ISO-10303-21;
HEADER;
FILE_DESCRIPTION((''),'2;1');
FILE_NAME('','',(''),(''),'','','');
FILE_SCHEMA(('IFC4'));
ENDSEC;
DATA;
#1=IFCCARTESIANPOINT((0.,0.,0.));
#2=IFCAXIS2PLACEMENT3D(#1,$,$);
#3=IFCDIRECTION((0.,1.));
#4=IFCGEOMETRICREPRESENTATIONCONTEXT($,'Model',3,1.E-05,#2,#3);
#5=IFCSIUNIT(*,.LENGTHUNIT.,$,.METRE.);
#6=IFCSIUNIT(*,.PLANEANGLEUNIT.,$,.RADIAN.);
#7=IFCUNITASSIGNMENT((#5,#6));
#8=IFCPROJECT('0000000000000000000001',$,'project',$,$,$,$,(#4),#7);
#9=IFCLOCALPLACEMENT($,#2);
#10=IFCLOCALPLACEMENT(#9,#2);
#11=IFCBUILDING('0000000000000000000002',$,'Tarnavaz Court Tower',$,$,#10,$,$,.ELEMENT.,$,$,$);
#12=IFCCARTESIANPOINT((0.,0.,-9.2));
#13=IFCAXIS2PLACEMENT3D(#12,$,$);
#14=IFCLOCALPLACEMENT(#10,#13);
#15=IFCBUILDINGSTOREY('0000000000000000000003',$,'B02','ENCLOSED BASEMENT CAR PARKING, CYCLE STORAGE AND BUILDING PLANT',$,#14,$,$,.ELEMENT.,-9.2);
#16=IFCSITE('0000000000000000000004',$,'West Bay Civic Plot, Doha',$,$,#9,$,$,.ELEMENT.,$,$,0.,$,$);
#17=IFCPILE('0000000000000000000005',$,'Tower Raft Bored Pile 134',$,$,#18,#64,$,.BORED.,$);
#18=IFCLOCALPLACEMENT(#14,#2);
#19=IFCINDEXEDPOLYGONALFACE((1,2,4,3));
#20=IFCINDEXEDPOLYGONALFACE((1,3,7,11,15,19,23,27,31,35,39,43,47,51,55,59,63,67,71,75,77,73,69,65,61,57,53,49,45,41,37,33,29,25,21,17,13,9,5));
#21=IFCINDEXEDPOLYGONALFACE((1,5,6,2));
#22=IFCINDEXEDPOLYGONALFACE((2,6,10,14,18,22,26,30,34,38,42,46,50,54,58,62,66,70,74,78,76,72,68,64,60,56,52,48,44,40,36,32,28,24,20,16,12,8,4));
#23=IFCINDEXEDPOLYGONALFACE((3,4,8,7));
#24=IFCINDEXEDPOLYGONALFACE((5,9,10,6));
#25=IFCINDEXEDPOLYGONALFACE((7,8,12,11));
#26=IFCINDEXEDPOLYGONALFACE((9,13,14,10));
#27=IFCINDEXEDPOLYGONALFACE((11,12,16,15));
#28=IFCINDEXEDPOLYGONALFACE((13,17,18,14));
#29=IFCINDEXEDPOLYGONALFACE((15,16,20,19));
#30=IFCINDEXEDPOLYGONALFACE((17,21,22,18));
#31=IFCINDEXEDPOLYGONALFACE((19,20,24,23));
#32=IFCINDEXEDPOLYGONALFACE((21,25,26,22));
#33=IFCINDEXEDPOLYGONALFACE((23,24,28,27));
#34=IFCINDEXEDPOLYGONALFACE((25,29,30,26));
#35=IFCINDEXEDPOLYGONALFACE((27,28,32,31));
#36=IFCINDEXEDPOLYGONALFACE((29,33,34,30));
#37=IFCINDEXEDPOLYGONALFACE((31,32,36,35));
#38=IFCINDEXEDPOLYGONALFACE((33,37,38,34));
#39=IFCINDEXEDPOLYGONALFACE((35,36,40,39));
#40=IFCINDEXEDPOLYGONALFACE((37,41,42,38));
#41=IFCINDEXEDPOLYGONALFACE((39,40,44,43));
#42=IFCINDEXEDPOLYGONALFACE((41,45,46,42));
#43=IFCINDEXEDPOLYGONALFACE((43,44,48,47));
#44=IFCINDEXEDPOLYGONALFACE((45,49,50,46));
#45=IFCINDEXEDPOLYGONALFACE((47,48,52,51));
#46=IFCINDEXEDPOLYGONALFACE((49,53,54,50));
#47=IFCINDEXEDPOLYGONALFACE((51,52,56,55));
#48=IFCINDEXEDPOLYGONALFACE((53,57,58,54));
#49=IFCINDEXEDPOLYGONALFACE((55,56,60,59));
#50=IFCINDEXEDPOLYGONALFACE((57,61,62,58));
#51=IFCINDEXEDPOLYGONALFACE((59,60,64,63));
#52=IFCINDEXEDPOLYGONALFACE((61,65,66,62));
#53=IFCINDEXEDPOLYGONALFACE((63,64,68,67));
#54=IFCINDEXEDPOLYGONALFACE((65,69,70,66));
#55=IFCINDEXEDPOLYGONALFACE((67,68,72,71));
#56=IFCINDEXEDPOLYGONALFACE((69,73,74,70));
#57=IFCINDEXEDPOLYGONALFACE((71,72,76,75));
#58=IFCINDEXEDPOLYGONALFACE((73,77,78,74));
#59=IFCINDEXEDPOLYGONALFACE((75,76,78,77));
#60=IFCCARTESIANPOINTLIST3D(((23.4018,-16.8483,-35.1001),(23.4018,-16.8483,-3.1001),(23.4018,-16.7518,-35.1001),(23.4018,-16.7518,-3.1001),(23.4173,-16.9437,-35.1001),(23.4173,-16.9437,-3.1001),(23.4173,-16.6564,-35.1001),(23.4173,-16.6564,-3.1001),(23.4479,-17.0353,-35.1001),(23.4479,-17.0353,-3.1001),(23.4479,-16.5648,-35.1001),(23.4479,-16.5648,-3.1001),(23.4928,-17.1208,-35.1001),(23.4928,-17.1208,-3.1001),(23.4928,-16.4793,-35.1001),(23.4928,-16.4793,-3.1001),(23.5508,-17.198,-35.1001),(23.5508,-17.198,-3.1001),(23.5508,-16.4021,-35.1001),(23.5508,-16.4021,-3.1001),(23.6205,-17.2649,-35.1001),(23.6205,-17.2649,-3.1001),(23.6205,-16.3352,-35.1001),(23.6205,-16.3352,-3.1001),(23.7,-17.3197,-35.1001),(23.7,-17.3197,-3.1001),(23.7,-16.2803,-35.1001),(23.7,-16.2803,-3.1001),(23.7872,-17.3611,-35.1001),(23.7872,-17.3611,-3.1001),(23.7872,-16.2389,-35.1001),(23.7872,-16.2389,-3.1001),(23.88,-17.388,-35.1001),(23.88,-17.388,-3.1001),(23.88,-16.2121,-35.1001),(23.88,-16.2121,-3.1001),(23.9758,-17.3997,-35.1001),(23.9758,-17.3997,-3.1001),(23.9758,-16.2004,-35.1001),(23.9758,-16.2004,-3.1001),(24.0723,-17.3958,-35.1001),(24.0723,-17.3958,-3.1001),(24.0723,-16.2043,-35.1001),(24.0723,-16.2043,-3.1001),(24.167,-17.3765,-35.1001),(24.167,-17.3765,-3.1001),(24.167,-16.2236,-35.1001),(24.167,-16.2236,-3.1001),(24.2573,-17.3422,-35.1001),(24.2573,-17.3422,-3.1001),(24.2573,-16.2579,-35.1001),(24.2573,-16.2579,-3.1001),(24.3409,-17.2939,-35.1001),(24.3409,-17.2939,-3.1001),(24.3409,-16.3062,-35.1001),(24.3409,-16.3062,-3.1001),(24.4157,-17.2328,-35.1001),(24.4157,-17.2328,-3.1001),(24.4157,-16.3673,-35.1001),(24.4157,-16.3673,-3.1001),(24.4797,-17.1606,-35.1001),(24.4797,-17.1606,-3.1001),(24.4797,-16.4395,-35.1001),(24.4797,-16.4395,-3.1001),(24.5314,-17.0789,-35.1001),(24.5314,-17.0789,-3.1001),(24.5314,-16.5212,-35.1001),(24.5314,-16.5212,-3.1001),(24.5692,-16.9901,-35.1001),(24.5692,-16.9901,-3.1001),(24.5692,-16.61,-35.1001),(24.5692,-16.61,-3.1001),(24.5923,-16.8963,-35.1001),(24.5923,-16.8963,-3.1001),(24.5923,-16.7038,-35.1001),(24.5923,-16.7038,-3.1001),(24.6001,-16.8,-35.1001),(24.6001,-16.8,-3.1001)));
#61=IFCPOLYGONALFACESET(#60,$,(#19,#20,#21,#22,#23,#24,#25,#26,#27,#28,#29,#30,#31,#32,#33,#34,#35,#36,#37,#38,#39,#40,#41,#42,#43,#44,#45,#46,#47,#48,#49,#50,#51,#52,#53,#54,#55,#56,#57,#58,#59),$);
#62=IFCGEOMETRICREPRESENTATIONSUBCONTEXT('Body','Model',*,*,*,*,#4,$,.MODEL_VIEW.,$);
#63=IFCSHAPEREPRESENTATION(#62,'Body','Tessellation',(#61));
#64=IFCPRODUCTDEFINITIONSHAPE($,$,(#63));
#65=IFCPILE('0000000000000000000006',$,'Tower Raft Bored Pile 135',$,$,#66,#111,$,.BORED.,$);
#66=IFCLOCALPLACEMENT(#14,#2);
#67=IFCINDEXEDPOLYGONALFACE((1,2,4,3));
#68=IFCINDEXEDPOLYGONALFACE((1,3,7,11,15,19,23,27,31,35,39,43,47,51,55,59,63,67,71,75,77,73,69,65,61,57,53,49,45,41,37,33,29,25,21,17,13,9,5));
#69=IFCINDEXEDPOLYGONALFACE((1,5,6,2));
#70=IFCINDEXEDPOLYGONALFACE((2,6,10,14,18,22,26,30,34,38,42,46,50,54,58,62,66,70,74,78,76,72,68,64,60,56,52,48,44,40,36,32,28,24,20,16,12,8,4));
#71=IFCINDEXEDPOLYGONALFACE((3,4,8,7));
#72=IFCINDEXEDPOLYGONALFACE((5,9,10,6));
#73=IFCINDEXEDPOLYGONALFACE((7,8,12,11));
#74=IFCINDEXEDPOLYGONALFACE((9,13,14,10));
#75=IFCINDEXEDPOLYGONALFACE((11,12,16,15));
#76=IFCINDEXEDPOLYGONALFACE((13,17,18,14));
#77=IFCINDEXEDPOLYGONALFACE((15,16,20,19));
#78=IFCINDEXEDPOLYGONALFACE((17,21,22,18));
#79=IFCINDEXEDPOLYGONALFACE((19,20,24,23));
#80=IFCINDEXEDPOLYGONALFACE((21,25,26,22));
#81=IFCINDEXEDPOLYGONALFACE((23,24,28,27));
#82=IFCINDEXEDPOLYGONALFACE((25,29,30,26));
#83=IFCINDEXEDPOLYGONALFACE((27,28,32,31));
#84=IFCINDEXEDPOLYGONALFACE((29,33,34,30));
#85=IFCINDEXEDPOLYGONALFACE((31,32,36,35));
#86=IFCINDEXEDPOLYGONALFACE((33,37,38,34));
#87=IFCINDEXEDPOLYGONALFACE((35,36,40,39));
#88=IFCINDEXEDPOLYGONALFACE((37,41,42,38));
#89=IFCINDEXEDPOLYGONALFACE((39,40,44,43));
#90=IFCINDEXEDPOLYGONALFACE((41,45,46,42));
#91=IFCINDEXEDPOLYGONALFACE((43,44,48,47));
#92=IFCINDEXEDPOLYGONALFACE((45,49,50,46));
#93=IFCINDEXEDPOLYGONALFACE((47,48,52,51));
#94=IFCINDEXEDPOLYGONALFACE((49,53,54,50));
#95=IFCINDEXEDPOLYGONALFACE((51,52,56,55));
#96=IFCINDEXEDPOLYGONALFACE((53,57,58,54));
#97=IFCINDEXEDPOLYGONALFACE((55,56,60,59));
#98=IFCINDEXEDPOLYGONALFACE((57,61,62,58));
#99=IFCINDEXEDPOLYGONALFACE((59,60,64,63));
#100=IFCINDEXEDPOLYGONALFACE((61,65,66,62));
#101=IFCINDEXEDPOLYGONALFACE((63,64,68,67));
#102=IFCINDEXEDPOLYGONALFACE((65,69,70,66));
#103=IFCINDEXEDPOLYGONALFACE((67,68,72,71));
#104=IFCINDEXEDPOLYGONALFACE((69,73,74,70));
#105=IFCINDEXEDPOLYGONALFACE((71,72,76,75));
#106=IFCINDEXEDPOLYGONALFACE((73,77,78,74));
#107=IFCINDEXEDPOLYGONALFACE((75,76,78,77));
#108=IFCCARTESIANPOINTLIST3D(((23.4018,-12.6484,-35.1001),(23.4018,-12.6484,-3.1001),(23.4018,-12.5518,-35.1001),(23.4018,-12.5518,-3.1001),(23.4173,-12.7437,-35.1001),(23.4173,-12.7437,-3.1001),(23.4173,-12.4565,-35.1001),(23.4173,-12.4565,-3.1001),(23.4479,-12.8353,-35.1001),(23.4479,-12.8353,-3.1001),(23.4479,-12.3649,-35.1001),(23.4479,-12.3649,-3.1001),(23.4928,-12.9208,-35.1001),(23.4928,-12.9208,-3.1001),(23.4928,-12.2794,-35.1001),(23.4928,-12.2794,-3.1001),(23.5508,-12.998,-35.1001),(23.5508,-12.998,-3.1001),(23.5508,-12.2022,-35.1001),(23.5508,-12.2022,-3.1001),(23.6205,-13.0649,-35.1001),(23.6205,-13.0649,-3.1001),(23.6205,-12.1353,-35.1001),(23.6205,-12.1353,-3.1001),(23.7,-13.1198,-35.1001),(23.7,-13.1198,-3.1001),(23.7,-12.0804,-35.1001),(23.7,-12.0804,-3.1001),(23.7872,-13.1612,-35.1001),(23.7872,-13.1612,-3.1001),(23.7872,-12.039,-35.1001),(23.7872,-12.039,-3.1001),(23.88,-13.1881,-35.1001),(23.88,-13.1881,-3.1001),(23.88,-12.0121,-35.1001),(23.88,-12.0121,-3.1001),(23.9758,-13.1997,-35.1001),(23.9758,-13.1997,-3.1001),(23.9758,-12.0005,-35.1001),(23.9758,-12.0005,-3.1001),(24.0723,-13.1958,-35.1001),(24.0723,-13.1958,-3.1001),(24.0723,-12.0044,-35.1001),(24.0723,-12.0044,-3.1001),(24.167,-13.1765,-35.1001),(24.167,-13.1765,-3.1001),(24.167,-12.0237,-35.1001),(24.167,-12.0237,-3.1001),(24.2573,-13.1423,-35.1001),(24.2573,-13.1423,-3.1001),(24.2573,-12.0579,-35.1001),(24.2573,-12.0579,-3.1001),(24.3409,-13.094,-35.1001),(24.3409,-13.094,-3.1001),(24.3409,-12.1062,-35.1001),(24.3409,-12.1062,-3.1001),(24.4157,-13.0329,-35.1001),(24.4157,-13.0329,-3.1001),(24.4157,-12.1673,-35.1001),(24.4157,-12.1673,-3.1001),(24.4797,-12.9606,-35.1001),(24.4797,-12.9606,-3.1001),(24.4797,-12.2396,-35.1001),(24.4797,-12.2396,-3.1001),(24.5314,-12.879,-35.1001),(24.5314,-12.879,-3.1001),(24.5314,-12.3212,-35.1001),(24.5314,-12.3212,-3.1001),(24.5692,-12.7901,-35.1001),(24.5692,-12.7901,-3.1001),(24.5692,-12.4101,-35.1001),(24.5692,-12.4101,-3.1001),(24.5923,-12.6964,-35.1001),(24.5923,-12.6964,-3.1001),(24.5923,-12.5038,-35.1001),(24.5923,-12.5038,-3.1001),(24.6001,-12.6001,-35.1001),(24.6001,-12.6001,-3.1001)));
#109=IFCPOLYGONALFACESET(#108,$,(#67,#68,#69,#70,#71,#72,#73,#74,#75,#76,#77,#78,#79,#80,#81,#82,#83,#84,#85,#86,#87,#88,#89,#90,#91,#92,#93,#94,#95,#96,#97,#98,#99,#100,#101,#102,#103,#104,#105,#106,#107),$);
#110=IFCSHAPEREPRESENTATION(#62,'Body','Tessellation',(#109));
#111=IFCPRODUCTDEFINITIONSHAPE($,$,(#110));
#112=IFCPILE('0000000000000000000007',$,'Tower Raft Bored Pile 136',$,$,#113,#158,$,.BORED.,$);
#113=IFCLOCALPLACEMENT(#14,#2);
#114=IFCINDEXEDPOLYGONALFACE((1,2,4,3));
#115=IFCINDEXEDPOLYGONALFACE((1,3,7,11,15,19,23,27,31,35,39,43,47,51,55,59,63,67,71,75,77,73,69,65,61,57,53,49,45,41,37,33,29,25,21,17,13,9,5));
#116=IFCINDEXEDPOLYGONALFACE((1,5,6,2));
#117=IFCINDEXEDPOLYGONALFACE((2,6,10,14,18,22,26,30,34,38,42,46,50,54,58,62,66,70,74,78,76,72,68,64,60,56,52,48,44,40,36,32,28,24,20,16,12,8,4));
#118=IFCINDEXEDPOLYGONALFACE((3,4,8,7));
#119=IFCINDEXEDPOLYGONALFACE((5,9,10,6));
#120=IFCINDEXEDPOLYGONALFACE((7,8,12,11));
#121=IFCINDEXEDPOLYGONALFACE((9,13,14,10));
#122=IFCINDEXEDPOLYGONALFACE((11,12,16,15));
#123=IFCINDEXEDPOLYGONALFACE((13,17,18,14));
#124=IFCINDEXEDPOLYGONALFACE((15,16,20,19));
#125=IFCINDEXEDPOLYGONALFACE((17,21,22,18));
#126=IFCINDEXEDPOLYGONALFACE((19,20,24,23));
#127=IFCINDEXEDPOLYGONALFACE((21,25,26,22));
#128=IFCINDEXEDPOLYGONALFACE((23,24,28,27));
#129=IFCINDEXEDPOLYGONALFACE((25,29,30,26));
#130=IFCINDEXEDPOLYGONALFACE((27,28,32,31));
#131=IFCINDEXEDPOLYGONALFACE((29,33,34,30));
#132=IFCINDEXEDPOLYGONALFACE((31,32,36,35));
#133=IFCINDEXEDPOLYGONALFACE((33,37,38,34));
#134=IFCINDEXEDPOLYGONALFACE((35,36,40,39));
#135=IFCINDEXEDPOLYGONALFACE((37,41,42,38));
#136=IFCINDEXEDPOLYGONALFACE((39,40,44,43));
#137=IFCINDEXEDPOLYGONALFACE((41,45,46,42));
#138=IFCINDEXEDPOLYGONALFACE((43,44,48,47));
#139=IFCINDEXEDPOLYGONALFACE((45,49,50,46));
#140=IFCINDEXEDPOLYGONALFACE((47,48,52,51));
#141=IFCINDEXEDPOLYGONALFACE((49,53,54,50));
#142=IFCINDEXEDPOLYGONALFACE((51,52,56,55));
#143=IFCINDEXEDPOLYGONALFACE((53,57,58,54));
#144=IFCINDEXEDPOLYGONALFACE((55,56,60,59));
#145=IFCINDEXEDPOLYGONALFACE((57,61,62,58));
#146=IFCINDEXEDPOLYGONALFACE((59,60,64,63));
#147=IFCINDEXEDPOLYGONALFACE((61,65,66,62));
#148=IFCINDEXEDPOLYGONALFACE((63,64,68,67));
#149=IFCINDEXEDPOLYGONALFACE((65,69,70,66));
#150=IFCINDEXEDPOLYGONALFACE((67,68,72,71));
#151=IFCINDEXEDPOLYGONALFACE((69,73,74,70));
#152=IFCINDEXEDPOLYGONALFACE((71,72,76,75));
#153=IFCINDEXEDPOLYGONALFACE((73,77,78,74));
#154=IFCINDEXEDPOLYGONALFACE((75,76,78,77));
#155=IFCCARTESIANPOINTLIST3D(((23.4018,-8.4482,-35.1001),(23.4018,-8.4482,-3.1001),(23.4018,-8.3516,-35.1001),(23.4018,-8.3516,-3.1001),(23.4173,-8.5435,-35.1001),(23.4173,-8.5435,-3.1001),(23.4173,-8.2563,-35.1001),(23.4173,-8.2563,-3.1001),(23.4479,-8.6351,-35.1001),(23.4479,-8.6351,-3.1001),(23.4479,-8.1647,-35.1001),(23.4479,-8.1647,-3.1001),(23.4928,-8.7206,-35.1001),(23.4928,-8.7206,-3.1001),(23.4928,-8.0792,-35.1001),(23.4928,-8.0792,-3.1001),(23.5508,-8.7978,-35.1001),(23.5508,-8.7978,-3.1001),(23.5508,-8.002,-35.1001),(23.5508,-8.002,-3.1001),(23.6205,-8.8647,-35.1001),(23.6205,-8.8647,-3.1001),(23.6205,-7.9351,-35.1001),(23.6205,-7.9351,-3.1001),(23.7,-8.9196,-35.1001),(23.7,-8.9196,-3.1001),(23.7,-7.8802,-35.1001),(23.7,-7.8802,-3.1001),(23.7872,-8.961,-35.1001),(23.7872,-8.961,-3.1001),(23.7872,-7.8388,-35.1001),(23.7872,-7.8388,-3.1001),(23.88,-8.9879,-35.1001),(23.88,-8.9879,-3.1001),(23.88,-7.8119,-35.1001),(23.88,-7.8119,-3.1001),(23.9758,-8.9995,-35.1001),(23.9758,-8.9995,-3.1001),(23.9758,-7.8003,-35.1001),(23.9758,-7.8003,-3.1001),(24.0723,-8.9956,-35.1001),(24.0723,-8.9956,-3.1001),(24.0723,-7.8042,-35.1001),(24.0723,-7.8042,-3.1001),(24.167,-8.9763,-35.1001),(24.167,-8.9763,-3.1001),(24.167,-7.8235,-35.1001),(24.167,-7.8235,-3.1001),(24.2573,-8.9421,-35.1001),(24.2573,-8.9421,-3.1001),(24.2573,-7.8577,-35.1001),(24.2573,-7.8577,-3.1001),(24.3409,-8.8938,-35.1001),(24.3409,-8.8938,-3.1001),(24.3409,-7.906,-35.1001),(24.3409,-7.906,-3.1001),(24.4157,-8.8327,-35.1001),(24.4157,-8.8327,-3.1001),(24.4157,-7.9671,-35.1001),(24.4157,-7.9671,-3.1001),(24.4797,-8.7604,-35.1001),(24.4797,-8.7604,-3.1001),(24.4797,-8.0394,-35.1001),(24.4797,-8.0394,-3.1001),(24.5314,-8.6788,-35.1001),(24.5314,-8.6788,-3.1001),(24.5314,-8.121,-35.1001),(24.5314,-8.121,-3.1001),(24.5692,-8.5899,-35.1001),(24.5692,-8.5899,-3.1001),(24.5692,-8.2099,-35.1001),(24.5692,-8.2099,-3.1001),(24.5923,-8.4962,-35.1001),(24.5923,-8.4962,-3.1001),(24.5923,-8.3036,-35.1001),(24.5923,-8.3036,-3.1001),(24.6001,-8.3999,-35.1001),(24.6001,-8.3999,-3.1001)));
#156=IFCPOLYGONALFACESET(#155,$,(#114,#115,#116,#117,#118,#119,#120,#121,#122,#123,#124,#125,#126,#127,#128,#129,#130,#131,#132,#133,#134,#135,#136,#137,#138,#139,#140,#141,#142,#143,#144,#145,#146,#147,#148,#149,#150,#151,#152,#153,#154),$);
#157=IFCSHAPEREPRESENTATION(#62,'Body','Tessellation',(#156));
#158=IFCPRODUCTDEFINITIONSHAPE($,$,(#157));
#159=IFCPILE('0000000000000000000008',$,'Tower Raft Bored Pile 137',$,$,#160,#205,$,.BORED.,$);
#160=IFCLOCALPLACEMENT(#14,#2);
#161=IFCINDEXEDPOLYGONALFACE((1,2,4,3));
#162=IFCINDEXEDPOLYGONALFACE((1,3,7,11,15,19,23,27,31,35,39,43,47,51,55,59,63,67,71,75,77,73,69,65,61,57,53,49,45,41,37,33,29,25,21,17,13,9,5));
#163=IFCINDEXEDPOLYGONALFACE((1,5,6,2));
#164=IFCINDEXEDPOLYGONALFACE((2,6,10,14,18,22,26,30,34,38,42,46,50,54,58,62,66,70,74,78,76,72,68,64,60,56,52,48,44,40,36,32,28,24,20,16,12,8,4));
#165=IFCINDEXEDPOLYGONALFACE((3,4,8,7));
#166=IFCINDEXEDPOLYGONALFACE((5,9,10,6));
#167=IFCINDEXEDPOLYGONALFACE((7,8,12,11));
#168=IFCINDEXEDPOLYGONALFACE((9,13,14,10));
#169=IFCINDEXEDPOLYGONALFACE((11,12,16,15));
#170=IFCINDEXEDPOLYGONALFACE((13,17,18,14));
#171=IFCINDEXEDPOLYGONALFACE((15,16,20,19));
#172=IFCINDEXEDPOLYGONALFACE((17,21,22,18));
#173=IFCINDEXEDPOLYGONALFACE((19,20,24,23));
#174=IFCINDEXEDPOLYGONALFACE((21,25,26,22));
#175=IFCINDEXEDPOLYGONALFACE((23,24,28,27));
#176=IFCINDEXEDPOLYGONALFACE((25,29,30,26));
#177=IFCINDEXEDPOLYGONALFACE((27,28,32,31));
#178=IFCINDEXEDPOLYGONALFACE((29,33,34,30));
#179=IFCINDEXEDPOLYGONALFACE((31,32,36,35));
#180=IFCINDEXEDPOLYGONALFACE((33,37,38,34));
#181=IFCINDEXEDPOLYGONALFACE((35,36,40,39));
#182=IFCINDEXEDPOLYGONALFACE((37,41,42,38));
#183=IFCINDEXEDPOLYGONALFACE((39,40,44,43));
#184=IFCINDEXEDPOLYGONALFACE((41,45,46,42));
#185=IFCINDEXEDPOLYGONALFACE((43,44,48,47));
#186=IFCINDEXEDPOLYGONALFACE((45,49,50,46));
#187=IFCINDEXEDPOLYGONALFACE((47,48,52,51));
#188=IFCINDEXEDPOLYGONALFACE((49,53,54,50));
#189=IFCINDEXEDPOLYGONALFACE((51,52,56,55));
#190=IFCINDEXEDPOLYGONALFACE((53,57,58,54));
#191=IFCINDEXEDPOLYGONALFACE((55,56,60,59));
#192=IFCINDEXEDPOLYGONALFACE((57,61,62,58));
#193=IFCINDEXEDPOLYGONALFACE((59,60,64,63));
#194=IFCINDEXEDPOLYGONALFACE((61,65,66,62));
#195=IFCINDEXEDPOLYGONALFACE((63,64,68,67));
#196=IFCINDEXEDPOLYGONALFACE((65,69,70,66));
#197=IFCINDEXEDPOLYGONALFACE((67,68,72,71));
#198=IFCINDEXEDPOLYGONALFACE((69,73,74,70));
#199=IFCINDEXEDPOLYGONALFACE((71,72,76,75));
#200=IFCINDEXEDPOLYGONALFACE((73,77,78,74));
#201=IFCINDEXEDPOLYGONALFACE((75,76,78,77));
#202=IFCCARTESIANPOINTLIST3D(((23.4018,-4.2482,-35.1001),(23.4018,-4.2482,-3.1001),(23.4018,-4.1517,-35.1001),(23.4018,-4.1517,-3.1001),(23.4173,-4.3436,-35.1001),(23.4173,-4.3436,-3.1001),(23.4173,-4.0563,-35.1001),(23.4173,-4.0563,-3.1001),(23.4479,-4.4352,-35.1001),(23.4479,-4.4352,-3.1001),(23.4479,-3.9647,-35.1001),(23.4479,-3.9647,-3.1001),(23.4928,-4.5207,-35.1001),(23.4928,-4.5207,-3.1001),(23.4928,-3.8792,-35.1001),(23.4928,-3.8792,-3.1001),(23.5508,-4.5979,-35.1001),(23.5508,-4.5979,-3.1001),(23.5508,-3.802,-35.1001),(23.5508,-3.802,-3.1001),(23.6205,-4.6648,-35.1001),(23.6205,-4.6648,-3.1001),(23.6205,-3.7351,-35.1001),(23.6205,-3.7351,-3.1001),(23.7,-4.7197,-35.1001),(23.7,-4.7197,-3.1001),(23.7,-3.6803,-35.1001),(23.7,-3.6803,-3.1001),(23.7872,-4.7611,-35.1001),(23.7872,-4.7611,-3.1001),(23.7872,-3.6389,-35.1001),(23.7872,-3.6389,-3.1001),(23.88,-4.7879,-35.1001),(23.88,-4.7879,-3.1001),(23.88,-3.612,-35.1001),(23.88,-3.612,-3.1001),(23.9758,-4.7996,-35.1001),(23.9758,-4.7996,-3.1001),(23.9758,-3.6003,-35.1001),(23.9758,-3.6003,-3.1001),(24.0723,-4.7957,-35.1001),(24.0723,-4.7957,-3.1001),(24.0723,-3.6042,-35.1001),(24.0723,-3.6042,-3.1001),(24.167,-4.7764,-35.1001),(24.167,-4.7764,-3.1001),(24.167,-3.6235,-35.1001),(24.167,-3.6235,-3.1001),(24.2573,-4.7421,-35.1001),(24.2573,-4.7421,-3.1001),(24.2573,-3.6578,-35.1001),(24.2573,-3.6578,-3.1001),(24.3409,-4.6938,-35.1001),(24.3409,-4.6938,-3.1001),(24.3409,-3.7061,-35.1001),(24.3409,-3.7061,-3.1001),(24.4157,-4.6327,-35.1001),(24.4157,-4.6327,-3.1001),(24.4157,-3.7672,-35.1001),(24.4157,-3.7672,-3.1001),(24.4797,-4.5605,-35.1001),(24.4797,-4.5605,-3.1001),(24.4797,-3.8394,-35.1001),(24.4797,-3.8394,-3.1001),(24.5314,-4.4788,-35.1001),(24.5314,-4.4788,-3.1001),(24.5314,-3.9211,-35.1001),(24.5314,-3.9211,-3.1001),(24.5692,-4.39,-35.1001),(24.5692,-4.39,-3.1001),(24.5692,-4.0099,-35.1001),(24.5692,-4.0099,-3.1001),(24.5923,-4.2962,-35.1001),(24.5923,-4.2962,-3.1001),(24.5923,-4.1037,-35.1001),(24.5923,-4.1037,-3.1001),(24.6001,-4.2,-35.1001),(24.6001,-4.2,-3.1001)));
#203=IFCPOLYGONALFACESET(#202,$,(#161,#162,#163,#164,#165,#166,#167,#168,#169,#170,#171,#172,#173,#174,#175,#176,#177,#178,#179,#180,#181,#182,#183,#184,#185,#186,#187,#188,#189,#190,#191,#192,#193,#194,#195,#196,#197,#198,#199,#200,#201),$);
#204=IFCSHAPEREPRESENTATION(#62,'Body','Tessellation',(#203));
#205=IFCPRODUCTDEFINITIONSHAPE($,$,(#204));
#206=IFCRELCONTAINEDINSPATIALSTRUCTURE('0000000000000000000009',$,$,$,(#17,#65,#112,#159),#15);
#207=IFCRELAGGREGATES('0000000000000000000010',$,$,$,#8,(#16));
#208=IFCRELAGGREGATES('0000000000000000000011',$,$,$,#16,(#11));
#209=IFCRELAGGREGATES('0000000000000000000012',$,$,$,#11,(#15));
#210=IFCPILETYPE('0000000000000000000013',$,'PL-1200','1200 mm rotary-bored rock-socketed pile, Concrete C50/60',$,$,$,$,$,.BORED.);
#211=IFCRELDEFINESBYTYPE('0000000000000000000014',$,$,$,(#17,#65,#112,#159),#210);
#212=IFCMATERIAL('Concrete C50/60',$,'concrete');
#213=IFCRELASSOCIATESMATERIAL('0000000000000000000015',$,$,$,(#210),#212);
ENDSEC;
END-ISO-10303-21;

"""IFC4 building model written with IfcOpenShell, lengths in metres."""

from ifc_helpers import new_model, si_unit, direction, frame, origin, origin_2d, place, context, subcontext, project, spatial, circle, extrude, material, material_profile, profile_set, type_object, element, save


model = new_model("IFC4")

# Units and contexts
model_context = context("Model", 3, precision=1e-05, world=origin(), true_north=direction((0.0, 1.0)))
body_context = subcontext(model_context, "Body", "Model", "MODEL_VIEW")
ifc_project = project(units=[si_unit("LENGTHUNIT", "METRE"), si_unit("PLANEANGLEUNIT", "RADIAN")], contexts=[model_context])

# Site, building, storey
site_placement = place(None, origin())
site = spatial("IfcSite", under=ifc_project, at=site_placement, Name="West Bay Civic Plot, Doha", CompositionType="ELEMENT", RefElevation=0.0)
building_placement = place(site_placement, origin())
building = spatial("IfcBuilding", under=site, at=building_placement, Name="Tarnavaz Court Tower", CompositionType="ELEMENT")
storey_placement = place(building_placement, frame((0.0, 0.0, -9.2)))
storey = spatial("IfcBuildingStorey", under=building, at=storey_placement, Name="B02", Description="ENCLOSED BASEMENT CAR PARKING, CYCLE STORAGE AND BUILDING PLANT", CompositionType="ELEMENT", Elevation=-9.2)

# Shared definitions
ifc_material_1 = material(Name="Concrete C50/60", Category="concrete")

# Piles
ifc_material_profile_1 = material_profile(ifc_material_1, circle(Radius=0.6001, at=origin_2d()), Name="PILE D1200")
ifc_profile_set_1 = profile_set([ifc_material_profile_1], Name="Concrete C50/60")
pile_type_1 = type_object("IfcPileType", Name="PL-1200", Description="1200 mm rotary-bored rock-socketed pile, Concrete C50/60", PredefinedType="BORED", material=ifc_profile_set_1)
for number, where, z_axis, x_axis, name in (
    (1, (24.0, -16.8, -3.1001), (0.0, 0.0, -1.0), (1.0, 0.0, 0.0), "Tower Raft Bored Pile 134"),
    (2, (24.0, -12.6001, -3.1001), (0.0, 0.0, -1.0), (1.0, 0.0, 0.0), "Tower Raft Bored Pile 135"),
    (3, (24.0, -8.3999, -3.1001), (0.0, 0.0, -1.0), (1.0, 0.0, 0.0), "Tower Raft Bored Pile 136"),
    (4, (24.0, -4.2, -3.1001), (0.0, 0.0, -1.0), (1.0, 0.0, 0.0), "Tower Raft Bored Pile 137"),
):
    element("IfcPile", number, at=place(storey_placement, frame(where, z_axis=z_axis, x_axis=x_axis)), inside=storey, type_object=pile_type_1, Name=name, PredefinedType="BORED", context=body_context, shape_type="SweptSolid", body=[
        extrude(circle(Radius=0.6001, at=origin_2d()), origin(), (0.0, 0.0, 1.0), 32.0),
    ])

save(model, "model.ifc")
